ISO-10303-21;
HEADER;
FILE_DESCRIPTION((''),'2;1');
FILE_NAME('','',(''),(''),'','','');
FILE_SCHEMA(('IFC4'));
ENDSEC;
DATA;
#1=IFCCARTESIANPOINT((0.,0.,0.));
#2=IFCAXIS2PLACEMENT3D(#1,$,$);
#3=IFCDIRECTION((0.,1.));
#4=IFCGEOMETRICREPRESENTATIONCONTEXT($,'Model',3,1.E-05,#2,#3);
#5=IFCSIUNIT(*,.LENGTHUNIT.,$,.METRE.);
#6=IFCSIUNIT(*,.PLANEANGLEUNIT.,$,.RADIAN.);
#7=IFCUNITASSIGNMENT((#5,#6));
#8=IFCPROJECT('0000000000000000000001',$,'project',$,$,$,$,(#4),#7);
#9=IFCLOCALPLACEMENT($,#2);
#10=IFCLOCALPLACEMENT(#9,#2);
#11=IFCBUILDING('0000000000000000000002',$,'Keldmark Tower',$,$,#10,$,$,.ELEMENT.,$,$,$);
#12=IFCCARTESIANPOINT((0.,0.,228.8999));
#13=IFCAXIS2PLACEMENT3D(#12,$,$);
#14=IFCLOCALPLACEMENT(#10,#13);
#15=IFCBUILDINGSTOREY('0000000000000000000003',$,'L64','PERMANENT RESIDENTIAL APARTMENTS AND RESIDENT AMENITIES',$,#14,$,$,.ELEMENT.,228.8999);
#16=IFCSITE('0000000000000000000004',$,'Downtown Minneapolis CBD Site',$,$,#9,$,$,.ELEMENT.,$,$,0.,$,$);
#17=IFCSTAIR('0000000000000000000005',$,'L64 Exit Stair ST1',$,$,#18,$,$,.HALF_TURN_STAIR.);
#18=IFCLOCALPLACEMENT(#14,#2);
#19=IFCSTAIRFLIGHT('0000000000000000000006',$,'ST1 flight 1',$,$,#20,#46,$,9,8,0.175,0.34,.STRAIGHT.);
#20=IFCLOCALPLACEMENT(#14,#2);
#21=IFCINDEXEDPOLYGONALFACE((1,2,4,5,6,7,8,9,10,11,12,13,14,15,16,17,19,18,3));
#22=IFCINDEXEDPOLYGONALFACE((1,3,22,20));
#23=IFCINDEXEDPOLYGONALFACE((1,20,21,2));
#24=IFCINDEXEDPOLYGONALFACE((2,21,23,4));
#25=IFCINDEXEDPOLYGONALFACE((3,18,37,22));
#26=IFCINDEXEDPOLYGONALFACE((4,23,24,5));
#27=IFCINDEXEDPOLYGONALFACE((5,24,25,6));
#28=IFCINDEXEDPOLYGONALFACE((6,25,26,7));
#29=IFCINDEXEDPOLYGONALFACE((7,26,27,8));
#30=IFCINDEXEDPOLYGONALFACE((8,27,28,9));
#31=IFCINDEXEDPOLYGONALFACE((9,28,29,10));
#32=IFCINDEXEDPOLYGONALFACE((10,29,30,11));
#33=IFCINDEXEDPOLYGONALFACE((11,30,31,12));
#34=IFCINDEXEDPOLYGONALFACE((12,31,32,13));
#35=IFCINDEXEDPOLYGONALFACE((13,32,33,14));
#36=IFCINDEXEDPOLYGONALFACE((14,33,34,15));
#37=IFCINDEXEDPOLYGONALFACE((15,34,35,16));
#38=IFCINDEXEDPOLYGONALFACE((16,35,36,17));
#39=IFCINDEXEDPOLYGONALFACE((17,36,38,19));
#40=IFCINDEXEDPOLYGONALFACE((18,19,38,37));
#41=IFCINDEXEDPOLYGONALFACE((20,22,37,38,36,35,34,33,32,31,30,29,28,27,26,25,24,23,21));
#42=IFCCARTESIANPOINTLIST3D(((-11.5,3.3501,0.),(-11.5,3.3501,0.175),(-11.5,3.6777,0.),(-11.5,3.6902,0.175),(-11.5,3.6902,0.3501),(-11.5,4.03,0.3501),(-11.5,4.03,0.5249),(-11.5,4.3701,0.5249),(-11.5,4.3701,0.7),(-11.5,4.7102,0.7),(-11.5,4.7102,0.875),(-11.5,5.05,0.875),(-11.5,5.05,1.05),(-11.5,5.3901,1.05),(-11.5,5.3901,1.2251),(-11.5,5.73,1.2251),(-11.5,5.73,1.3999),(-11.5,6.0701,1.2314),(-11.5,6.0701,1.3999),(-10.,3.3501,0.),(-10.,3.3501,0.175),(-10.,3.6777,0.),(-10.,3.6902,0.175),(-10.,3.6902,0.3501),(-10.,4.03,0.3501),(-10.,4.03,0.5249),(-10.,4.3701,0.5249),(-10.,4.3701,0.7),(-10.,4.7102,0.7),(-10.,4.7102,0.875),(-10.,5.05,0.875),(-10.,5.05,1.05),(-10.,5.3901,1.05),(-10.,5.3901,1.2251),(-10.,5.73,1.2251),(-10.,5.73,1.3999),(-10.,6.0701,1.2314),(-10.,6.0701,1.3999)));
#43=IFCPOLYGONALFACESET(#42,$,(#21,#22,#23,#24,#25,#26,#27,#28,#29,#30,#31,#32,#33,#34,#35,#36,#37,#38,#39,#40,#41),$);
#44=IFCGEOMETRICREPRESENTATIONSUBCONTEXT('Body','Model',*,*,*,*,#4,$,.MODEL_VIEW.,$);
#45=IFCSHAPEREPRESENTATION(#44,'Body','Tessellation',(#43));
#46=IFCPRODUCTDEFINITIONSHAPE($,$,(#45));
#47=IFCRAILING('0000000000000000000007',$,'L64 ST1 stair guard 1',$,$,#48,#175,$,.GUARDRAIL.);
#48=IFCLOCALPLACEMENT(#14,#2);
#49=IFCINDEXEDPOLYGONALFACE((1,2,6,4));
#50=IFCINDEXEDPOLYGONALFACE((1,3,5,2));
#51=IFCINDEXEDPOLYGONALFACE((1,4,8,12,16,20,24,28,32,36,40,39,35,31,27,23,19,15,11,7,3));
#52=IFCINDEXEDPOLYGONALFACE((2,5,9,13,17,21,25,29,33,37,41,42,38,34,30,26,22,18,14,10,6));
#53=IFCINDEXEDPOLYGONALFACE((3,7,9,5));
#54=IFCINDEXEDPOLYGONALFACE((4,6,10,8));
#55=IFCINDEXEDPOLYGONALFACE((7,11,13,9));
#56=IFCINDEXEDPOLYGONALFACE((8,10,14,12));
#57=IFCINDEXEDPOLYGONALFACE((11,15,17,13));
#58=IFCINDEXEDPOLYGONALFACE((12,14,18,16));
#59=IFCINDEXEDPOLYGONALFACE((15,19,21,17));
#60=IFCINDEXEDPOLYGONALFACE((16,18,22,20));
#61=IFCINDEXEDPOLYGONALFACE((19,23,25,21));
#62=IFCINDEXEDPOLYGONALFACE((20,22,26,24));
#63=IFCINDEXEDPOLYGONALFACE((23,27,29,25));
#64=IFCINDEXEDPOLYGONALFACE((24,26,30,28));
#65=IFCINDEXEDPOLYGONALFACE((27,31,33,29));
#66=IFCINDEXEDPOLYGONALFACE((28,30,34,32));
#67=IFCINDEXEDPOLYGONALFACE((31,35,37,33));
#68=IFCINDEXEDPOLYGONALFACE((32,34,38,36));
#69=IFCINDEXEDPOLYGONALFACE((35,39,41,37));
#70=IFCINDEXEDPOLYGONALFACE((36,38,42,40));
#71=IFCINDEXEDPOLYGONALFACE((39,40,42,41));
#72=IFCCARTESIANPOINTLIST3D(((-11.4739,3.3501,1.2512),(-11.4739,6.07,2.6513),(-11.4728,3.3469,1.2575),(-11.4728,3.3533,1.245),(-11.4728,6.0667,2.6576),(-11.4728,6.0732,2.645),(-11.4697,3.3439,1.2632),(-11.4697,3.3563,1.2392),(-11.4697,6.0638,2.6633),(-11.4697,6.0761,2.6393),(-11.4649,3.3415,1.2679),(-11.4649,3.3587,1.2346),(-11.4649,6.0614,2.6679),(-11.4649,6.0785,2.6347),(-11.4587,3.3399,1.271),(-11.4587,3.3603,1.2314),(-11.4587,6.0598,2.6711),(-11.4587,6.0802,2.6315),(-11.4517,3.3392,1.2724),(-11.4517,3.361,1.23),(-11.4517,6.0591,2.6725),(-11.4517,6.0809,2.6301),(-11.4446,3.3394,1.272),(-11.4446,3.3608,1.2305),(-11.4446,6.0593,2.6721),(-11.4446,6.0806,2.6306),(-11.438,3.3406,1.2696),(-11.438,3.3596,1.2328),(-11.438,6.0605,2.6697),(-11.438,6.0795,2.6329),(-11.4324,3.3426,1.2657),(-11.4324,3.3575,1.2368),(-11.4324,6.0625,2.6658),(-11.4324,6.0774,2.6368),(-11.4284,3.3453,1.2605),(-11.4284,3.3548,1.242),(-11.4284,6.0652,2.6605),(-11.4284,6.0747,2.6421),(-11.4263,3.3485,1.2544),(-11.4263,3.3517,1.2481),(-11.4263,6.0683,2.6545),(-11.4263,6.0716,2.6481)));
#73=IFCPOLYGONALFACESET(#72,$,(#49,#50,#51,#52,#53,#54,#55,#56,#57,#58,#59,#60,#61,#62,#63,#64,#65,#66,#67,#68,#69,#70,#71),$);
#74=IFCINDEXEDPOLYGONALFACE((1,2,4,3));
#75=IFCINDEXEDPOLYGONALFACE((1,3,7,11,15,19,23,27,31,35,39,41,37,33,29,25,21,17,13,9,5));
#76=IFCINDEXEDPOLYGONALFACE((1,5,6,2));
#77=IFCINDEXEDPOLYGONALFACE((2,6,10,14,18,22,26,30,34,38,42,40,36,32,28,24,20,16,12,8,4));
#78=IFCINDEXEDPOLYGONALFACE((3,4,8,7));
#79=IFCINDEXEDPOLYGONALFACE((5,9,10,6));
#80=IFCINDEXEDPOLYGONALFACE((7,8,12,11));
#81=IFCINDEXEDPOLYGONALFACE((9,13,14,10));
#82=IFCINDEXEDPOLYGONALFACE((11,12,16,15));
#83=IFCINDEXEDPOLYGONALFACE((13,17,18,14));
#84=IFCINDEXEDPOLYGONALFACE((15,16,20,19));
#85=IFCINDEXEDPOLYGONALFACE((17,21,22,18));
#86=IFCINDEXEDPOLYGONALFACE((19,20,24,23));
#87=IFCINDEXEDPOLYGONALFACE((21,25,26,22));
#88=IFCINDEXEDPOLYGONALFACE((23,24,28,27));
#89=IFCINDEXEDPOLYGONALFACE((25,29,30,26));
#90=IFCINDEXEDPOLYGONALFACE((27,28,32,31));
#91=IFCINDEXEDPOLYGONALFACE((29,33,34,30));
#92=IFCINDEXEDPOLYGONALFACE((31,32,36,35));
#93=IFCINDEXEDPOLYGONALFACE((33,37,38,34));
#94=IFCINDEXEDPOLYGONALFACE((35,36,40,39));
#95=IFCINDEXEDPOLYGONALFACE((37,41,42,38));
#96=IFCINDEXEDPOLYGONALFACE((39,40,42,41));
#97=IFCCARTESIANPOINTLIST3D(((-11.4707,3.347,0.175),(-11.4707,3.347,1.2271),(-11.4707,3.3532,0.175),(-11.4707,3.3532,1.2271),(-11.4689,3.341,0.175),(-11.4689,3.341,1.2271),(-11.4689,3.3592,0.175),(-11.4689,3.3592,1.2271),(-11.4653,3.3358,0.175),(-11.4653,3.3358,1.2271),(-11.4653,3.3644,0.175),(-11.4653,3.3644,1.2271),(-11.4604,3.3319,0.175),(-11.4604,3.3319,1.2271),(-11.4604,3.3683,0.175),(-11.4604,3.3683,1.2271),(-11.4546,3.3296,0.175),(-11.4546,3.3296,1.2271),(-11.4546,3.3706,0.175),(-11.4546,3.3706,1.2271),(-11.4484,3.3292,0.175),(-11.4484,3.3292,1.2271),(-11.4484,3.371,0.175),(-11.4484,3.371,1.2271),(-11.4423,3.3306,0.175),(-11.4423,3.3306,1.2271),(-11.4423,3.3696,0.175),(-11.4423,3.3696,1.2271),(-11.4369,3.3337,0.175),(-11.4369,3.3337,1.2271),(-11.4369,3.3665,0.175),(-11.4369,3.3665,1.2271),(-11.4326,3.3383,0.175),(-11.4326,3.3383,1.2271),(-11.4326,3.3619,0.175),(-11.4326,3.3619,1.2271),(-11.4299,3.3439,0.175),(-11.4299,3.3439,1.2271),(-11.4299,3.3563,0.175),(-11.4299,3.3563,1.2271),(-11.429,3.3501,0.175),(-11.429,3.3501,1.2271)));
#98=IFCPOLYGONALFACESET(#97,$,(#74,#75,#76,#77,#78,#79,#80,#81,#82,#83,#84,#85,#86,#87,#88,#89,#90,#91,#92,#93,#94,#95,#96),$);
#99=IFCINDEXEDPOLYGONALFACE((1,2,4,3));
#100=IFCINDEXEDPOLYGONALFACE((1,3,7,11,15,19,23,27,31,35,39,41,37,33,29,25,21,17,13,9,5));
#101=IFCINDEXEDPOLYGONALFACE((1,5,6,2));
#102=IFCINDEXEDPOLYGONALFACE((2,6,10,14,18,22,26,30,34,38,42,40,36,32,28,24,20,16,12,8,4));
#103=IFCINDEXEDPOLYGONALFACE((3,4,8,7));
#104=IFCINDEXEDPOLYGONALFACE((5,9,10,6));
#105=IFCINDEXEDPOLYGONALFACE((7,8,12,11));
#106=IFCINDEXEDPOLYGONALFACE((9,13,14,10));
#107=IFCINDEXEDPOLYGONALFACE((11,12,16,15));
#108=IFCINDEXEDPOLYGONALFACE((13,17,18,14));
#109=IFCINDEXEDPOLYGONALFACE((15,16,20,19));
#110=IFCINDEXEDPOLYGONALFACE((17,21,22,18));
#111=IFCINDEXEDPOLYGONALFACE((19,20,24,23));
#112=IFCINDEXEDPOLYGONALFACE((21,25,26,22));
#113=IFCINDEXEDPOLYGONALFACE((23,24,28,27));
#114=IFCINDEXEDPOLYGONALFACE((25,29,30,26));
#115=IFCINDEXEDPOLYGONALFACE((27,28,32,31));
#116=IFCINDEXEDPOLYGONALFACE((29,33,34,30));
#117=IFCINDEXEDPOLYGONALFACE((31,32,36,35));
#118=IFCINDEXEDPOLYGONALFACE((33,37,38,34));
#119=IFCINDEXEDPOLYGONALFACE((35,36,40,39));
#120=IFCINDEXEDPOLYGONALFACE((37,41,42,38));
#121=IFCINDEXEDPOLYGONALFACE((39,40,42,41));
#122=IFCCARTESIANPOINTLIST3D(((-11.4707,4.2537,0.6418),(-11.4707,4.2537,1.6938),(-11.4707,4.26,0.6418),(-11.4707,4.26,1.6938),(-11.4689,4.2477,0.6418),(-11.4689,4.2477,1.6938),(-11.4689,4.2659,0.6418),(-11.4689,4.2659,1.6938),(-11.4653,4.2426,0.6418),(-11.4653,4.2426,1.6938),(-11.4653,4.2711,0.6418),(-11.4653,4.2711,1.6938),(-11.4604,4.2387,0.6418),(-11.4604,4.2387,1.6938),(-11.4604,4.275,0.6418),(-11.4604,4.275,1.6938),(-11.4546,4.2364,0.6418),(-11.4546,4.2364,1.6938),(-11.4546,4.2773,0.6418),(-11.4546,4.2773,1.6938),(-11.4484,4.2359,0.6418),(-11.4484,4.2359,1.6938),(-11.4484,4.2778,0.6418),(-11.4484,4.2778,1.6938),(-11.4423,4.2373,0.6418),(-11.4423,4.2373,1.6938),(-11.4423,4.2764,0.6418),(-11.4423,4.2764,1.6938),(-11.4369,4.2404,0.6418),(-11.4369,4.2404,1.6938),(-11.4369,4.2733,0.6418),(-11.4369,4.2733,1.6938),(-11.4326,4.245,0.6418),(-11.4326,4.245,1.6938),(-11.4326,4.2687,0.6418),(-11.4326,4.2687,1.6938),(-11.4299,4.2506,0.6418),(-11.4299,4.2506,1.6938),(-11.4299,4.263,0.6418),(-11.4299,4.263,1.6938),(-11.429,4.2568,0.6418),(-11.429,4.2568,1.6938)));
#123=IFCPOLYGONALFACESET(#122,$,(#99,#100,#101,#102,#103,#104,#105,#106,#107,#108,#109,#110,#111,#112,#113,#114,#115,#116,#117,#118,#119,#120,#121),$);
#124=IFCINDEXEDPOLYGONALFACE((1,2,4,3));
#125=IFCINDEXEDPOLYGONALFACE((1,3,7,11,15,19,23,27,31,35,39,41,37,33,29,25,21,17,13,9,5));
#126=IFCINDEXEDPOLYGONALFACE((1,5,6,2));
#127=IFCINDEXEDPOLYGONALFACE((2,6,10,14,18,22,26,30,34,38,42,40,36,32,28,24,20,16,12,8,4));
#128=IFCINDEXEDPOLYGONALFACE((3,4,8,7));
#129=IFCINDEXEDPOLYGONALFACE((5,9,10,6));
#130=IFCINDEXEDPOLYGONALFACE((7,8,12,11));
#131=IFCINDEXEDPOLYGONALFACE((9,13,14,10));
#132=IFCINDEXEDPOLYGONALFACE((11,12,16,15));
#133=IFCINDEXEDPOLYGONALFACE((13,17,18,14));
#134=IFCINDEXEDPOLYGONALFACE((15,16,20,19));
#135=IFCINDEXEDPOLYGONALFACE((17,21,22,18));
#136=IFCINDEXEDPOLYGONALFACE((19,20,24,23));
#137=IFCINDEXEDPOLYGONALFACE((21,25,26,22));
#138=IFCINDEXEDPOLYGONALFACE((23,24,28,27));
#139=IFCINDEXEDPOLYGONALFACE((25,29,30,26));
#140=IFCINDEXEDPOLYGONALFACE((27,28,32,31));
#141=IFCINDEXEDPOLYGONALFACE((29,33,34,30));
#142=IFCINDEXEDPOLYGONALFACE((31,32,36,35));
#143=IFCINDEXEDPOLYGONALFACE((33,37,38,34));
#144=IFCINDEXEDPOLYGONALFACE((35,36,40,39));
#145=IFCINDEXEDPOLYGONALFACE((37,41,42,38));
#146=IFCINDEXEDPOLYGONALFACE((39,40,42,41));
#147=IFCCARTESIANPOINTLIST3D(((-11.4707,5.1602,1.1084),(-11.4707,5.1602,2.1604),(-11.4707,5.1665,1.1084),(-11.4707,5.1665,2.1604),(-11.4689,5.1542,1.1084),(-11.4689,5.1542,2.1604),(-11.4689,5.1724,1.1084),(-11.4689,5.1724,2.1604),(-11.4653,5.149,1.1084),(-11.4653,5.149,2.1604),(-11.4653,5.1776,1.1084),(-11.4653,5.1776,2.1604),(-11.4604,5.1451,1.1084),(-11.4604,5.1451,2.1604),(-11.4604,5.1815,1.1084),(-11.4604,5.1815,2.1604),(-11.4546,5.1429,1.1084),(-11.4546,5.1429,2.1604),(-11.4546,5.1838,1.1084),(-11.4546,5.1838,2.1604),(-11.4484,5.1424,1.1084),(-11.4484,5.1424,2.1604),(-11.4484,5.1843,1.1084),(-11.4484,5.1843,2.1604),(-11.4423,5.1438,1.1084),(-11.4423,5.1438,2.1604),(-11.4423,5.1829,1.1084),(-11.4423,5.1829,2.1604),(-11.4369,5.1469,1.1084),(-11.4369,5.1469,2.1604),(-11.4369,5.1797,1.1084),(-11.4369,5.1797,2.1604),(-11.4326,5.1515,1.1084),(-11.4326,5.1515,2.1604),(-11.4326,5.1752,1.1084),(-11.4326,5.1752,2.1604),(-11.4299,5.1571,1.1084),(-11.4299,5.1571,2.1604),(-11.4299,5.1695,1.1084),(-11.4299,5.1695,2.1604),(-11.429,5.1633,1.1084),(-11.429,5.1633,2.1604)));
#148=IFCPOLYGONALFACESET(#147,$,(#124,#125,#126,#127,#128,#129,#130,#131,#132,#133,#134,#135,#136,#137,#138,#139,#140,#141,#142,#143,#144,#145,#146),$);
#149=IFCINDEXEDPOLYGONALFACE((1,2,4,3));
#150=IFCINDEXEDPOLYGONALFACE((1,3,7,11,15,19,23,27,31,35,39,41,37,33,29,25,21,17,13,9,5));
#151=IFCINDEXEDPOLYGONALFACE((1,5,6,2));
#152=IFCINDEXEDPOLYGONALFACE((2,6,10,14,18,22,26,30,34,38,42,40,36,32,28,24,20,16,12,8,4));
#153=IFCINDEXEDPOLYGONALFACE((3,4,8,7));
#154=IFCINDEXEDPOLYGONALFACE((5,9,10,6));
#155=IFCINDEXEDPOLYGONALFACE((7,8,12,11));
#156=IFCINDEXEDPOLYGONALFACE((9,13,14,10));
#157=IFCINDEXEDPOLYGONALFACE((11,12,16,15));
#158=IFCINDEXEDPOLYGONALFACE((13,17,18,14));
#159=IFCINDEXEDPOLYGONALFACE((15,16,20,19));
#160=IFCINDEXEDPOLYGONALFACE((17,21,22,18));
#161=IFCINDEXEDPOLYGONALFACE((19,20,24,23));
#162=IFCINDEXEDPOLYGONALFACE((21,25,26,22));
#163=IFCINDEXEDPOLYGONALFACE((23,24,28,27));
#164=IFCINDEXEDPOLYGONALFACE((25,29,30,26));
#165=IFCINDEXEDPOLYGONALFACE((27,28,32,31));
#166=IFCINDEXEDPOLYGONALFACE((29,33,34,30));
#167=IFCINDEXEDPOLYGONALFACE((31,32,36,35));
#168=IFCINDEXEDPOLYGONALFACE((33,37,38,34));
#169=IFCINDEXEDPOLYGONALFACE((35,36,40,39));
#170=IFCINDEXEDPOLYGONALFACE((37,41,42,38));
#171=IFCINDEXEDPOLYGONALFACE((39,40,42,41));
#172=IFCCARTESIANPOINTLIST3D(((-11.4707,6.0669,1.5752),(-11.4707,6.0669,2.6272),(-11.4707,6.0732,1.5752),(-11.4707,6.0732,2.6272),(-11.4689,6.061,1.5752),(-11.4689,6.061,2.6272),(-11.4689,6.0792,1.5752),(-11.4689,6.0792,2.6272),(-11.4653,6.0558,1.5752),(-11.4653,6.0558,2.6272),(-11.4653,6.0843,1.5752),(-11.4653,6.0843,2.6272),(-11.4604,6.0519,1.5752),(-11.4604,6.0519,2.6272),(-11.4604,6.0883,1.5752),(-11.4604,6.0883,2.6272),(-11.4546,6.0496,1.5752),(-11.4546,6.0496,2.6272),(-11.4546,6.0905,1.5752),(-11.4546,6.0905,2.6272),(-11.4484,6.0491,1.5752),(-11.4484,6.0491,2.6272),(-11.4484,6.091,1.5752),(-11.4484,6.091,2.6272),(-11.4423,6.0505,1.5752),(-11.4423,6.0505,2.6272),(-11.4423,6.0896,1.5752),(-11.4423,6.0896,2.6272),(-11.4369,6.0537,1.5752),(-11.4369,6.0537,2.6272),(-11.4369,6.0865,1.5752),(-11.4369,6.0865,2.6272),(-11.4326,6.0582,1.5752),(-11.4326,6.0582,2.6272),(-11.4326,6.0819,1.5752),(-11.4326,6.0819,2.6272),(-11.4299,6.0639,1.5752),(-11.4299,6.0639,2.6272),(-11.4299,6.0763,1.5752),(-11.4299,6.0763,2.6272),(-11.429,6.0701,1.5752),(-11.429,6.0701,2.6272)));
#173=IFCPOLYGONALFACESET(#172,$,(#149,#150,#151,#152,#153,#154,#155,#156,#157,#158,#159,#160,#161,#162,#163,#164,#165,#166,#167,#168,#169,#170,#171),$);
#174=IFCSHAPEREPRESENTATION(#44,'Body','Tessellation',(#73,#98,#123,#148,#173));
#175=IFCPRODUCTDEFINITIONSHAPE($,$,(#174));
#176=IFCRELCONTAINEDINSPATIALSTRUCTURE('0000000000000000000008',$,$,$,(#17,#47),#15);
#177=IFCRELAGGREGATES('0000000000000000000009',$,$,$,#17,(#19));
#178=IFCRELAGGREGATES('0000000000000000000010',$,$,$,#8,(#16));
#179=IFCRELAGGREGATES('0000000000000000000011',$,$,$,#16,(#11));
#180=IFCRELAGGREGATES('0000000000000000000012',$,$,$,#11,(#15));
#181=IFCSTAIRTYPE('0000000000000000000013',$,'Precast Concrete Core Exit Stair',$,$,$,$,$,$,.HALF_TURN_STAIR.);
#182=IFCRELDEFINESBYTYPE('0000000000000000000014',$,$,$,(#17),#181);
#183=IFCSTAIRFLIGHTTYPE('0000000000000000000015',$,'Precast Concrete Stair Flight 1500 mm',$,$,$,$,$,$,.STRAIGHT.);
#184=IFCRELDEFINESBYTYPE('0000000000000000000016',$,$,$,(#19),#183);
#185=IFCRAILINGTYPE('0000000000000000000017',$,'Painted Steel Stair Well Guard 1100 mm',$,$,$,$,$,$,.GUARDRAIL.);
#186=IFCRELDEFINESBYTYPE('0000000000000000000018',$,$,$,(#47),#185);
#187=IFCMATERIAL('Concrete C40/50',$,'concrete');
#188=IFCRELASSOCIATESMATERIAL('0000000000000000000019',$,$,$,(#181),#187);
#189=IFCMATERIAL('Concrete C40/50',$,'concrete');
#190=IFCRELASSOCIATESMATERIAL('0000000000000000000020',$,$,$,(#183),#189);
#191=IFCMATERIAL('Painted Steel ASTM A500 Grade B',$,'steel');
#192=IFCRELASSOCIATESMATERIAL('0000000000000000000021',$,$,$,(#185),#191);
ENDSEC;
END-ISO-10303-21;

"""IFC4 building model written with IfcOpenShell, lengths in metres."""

from ifc_helpers import new_model, si_unit, direction, frame, origin, origin_2d, place, context, subcontext, project, spatial, polyline, circle, outline, extrude, material, type_object, element, aggregate, save


model = new_model("IFC4")

# Units and contexts
model_context = context("Model", 3, precision=1e-05, world=origin(), true_north=direction((0.0, 1.0)))
body_context = subcontext(model_context, "Body", "Model", "MODEL_VIEW")
ifc_project = project(units=[si_unit("LENGTHUNIT", "METRE"), si_unit("PLANEANGLEUNIT", "RADIAN")], contexts=[model_context])

# Site, building, storey
site_placement = place(None, origin())
site = spatial("IfcSite", under=ifc_project, at=site_placement, Name="Downtown Minneapolis CBD Site", CompositionType="ELEMENT", RefElevation=0.0)
building_placement = place(site_placement, origin())
building = spatial("IfcBuilding", under=site, at=building_placement, Name="Keldmark Tower", CompositionType="ELEMENT")
storey_placement = place(building_placement, frame((0.0, 0.0, 228.8999)))
storey = spatial("IfcBuildingStorey", under=building, at=storey_placement, Name="L64", Description="PERMANENT RESIDENTIAL APARTMENTS AND RESIDENT AMENITIES", CompositionType="ELEMENT", Elevation=228.8999)

# Stair, stair flight
ifc_material_1 = material(Name="Concrete C40/50", Category="concrete")
stair_type = type_object("IfcStairType", Name="Precast Concrete Core Exit Stair", PredefinedType="HALF_TURN_STAIR", material=ifc_material_1)
stair_placement = place(storey_placement, origin())
stair = element("IfcStair", 1, at=stair_placement, inside=storey, type_object=stair_type, Name="L64 Exit Stair ST1", PredefinedType="HALF_TURN_STAIR")
ifc_material_2 = material(Name="Concrete C40/50", Category="concrete")
stair_flight_type = type_object("IfcStairFlightType", Name="Precast Concrete Stair Flight 1500 mm", PredefinedType="STRAIGHT", material=ifc_material_2)
stair_flight_placement = place(storey_placement, frame((-10.75, 3.3501, 0.0), z_axis=(0.0, 0.0, 1.0), x_axis=(0.0, 1.0, 0.0)))
stair_flight = element("IfcStairFlight", 2, at=stair_flight_placement, type_object=stair_flight_type, Name="ST1 flight 1", NumberOfRisers=9, NumberOfTreads=8, PredefinedType="STRAIGHT", RiserHeight=0.175, TreadLength=0.34, context=body_context, shape_type="SweptSolid", body=[
    extrude(outline(polyline([(0.0, 0.0), (0.0, 0.175), (0.3401, 0.175), (0.3401, 0.3501), (0.6799, 0.3501), (0.6799, 0.5249), (1.02, 0.5249), (1.02, 0.7), (1.3601, 0.7), (1.3601, 0.875), (1.7, 0.875), (1.7, 1.05), (2.04, 1.05), (2.04, 1.2251), (2.3799, 1.2251), (2.3799, 1.3999), (2.72, 1.3999), (2.72, 1.575), (2.72, 1.2314), (0.3276, 0.0), (0.0, 0.0)])), frame((0.0, 0.75, 0.0), z_axis=(0.0, -1.0, 0.0), x_axis=(1.0, 0.0, 0.0)), (0.0, 0.0, 1.0), 1.5),
])
aggregate(stair, [stair_flight])

# Railing
ifc_material_3 = material(Name="Painted Steel ASTM A500 Grade B", Category="steel")
railing_type_1 = type_object("IfcRailingType", Name="Painted Steel Stair Well Guard 1100 mm", PredefinedType="GUARDRAIL", material=ifc_material_3)
railing_1_placement = place(storey_placement, frame((-11.45, 3.3501, 0.175)))
element("IfcRailing", 3, at=railing_1_placement, inside=storey, type_object=railing_type_1, Name="L64 ST1 stair guard 1", PredefinedType="GUARDRAIL", context=body_context, shape_type="SweptSolid", body=[
    extrude(circle(Radius=0.0239, at=origin_2d()), frame((0.0, 0.0, 1.0762), z_axis=(0.0, 0.889114, 0.457685), x_axis=(-1.0, 0.0, 0.0)), (0.0, 0.0, 1.0), 3.0591),
    extrude(circle(Radius=0.021, at=origin_2d()), origin(), (0.0, 0.0, 1.0), 1.052),
    extrude(circle(Radius=0.021, at=origin_2d()), frame((0.0, 0.9067, 0.4668)), (0.0, 0.0, 1.0), 1.052),
    extrude(circle(Radius=0.021, at=origin_2d()), frame((0.0, 1.8132, 0.9333)), (0.0, 0.0, 1.0), 1.052),
    extrude(circle(Radius=0.021, at=origin_2d()), frame((0.0, 2.72, 1.4001)), (0.0, 0.0, 1.0), 1.052),
])

save(model, "model.ifc")
